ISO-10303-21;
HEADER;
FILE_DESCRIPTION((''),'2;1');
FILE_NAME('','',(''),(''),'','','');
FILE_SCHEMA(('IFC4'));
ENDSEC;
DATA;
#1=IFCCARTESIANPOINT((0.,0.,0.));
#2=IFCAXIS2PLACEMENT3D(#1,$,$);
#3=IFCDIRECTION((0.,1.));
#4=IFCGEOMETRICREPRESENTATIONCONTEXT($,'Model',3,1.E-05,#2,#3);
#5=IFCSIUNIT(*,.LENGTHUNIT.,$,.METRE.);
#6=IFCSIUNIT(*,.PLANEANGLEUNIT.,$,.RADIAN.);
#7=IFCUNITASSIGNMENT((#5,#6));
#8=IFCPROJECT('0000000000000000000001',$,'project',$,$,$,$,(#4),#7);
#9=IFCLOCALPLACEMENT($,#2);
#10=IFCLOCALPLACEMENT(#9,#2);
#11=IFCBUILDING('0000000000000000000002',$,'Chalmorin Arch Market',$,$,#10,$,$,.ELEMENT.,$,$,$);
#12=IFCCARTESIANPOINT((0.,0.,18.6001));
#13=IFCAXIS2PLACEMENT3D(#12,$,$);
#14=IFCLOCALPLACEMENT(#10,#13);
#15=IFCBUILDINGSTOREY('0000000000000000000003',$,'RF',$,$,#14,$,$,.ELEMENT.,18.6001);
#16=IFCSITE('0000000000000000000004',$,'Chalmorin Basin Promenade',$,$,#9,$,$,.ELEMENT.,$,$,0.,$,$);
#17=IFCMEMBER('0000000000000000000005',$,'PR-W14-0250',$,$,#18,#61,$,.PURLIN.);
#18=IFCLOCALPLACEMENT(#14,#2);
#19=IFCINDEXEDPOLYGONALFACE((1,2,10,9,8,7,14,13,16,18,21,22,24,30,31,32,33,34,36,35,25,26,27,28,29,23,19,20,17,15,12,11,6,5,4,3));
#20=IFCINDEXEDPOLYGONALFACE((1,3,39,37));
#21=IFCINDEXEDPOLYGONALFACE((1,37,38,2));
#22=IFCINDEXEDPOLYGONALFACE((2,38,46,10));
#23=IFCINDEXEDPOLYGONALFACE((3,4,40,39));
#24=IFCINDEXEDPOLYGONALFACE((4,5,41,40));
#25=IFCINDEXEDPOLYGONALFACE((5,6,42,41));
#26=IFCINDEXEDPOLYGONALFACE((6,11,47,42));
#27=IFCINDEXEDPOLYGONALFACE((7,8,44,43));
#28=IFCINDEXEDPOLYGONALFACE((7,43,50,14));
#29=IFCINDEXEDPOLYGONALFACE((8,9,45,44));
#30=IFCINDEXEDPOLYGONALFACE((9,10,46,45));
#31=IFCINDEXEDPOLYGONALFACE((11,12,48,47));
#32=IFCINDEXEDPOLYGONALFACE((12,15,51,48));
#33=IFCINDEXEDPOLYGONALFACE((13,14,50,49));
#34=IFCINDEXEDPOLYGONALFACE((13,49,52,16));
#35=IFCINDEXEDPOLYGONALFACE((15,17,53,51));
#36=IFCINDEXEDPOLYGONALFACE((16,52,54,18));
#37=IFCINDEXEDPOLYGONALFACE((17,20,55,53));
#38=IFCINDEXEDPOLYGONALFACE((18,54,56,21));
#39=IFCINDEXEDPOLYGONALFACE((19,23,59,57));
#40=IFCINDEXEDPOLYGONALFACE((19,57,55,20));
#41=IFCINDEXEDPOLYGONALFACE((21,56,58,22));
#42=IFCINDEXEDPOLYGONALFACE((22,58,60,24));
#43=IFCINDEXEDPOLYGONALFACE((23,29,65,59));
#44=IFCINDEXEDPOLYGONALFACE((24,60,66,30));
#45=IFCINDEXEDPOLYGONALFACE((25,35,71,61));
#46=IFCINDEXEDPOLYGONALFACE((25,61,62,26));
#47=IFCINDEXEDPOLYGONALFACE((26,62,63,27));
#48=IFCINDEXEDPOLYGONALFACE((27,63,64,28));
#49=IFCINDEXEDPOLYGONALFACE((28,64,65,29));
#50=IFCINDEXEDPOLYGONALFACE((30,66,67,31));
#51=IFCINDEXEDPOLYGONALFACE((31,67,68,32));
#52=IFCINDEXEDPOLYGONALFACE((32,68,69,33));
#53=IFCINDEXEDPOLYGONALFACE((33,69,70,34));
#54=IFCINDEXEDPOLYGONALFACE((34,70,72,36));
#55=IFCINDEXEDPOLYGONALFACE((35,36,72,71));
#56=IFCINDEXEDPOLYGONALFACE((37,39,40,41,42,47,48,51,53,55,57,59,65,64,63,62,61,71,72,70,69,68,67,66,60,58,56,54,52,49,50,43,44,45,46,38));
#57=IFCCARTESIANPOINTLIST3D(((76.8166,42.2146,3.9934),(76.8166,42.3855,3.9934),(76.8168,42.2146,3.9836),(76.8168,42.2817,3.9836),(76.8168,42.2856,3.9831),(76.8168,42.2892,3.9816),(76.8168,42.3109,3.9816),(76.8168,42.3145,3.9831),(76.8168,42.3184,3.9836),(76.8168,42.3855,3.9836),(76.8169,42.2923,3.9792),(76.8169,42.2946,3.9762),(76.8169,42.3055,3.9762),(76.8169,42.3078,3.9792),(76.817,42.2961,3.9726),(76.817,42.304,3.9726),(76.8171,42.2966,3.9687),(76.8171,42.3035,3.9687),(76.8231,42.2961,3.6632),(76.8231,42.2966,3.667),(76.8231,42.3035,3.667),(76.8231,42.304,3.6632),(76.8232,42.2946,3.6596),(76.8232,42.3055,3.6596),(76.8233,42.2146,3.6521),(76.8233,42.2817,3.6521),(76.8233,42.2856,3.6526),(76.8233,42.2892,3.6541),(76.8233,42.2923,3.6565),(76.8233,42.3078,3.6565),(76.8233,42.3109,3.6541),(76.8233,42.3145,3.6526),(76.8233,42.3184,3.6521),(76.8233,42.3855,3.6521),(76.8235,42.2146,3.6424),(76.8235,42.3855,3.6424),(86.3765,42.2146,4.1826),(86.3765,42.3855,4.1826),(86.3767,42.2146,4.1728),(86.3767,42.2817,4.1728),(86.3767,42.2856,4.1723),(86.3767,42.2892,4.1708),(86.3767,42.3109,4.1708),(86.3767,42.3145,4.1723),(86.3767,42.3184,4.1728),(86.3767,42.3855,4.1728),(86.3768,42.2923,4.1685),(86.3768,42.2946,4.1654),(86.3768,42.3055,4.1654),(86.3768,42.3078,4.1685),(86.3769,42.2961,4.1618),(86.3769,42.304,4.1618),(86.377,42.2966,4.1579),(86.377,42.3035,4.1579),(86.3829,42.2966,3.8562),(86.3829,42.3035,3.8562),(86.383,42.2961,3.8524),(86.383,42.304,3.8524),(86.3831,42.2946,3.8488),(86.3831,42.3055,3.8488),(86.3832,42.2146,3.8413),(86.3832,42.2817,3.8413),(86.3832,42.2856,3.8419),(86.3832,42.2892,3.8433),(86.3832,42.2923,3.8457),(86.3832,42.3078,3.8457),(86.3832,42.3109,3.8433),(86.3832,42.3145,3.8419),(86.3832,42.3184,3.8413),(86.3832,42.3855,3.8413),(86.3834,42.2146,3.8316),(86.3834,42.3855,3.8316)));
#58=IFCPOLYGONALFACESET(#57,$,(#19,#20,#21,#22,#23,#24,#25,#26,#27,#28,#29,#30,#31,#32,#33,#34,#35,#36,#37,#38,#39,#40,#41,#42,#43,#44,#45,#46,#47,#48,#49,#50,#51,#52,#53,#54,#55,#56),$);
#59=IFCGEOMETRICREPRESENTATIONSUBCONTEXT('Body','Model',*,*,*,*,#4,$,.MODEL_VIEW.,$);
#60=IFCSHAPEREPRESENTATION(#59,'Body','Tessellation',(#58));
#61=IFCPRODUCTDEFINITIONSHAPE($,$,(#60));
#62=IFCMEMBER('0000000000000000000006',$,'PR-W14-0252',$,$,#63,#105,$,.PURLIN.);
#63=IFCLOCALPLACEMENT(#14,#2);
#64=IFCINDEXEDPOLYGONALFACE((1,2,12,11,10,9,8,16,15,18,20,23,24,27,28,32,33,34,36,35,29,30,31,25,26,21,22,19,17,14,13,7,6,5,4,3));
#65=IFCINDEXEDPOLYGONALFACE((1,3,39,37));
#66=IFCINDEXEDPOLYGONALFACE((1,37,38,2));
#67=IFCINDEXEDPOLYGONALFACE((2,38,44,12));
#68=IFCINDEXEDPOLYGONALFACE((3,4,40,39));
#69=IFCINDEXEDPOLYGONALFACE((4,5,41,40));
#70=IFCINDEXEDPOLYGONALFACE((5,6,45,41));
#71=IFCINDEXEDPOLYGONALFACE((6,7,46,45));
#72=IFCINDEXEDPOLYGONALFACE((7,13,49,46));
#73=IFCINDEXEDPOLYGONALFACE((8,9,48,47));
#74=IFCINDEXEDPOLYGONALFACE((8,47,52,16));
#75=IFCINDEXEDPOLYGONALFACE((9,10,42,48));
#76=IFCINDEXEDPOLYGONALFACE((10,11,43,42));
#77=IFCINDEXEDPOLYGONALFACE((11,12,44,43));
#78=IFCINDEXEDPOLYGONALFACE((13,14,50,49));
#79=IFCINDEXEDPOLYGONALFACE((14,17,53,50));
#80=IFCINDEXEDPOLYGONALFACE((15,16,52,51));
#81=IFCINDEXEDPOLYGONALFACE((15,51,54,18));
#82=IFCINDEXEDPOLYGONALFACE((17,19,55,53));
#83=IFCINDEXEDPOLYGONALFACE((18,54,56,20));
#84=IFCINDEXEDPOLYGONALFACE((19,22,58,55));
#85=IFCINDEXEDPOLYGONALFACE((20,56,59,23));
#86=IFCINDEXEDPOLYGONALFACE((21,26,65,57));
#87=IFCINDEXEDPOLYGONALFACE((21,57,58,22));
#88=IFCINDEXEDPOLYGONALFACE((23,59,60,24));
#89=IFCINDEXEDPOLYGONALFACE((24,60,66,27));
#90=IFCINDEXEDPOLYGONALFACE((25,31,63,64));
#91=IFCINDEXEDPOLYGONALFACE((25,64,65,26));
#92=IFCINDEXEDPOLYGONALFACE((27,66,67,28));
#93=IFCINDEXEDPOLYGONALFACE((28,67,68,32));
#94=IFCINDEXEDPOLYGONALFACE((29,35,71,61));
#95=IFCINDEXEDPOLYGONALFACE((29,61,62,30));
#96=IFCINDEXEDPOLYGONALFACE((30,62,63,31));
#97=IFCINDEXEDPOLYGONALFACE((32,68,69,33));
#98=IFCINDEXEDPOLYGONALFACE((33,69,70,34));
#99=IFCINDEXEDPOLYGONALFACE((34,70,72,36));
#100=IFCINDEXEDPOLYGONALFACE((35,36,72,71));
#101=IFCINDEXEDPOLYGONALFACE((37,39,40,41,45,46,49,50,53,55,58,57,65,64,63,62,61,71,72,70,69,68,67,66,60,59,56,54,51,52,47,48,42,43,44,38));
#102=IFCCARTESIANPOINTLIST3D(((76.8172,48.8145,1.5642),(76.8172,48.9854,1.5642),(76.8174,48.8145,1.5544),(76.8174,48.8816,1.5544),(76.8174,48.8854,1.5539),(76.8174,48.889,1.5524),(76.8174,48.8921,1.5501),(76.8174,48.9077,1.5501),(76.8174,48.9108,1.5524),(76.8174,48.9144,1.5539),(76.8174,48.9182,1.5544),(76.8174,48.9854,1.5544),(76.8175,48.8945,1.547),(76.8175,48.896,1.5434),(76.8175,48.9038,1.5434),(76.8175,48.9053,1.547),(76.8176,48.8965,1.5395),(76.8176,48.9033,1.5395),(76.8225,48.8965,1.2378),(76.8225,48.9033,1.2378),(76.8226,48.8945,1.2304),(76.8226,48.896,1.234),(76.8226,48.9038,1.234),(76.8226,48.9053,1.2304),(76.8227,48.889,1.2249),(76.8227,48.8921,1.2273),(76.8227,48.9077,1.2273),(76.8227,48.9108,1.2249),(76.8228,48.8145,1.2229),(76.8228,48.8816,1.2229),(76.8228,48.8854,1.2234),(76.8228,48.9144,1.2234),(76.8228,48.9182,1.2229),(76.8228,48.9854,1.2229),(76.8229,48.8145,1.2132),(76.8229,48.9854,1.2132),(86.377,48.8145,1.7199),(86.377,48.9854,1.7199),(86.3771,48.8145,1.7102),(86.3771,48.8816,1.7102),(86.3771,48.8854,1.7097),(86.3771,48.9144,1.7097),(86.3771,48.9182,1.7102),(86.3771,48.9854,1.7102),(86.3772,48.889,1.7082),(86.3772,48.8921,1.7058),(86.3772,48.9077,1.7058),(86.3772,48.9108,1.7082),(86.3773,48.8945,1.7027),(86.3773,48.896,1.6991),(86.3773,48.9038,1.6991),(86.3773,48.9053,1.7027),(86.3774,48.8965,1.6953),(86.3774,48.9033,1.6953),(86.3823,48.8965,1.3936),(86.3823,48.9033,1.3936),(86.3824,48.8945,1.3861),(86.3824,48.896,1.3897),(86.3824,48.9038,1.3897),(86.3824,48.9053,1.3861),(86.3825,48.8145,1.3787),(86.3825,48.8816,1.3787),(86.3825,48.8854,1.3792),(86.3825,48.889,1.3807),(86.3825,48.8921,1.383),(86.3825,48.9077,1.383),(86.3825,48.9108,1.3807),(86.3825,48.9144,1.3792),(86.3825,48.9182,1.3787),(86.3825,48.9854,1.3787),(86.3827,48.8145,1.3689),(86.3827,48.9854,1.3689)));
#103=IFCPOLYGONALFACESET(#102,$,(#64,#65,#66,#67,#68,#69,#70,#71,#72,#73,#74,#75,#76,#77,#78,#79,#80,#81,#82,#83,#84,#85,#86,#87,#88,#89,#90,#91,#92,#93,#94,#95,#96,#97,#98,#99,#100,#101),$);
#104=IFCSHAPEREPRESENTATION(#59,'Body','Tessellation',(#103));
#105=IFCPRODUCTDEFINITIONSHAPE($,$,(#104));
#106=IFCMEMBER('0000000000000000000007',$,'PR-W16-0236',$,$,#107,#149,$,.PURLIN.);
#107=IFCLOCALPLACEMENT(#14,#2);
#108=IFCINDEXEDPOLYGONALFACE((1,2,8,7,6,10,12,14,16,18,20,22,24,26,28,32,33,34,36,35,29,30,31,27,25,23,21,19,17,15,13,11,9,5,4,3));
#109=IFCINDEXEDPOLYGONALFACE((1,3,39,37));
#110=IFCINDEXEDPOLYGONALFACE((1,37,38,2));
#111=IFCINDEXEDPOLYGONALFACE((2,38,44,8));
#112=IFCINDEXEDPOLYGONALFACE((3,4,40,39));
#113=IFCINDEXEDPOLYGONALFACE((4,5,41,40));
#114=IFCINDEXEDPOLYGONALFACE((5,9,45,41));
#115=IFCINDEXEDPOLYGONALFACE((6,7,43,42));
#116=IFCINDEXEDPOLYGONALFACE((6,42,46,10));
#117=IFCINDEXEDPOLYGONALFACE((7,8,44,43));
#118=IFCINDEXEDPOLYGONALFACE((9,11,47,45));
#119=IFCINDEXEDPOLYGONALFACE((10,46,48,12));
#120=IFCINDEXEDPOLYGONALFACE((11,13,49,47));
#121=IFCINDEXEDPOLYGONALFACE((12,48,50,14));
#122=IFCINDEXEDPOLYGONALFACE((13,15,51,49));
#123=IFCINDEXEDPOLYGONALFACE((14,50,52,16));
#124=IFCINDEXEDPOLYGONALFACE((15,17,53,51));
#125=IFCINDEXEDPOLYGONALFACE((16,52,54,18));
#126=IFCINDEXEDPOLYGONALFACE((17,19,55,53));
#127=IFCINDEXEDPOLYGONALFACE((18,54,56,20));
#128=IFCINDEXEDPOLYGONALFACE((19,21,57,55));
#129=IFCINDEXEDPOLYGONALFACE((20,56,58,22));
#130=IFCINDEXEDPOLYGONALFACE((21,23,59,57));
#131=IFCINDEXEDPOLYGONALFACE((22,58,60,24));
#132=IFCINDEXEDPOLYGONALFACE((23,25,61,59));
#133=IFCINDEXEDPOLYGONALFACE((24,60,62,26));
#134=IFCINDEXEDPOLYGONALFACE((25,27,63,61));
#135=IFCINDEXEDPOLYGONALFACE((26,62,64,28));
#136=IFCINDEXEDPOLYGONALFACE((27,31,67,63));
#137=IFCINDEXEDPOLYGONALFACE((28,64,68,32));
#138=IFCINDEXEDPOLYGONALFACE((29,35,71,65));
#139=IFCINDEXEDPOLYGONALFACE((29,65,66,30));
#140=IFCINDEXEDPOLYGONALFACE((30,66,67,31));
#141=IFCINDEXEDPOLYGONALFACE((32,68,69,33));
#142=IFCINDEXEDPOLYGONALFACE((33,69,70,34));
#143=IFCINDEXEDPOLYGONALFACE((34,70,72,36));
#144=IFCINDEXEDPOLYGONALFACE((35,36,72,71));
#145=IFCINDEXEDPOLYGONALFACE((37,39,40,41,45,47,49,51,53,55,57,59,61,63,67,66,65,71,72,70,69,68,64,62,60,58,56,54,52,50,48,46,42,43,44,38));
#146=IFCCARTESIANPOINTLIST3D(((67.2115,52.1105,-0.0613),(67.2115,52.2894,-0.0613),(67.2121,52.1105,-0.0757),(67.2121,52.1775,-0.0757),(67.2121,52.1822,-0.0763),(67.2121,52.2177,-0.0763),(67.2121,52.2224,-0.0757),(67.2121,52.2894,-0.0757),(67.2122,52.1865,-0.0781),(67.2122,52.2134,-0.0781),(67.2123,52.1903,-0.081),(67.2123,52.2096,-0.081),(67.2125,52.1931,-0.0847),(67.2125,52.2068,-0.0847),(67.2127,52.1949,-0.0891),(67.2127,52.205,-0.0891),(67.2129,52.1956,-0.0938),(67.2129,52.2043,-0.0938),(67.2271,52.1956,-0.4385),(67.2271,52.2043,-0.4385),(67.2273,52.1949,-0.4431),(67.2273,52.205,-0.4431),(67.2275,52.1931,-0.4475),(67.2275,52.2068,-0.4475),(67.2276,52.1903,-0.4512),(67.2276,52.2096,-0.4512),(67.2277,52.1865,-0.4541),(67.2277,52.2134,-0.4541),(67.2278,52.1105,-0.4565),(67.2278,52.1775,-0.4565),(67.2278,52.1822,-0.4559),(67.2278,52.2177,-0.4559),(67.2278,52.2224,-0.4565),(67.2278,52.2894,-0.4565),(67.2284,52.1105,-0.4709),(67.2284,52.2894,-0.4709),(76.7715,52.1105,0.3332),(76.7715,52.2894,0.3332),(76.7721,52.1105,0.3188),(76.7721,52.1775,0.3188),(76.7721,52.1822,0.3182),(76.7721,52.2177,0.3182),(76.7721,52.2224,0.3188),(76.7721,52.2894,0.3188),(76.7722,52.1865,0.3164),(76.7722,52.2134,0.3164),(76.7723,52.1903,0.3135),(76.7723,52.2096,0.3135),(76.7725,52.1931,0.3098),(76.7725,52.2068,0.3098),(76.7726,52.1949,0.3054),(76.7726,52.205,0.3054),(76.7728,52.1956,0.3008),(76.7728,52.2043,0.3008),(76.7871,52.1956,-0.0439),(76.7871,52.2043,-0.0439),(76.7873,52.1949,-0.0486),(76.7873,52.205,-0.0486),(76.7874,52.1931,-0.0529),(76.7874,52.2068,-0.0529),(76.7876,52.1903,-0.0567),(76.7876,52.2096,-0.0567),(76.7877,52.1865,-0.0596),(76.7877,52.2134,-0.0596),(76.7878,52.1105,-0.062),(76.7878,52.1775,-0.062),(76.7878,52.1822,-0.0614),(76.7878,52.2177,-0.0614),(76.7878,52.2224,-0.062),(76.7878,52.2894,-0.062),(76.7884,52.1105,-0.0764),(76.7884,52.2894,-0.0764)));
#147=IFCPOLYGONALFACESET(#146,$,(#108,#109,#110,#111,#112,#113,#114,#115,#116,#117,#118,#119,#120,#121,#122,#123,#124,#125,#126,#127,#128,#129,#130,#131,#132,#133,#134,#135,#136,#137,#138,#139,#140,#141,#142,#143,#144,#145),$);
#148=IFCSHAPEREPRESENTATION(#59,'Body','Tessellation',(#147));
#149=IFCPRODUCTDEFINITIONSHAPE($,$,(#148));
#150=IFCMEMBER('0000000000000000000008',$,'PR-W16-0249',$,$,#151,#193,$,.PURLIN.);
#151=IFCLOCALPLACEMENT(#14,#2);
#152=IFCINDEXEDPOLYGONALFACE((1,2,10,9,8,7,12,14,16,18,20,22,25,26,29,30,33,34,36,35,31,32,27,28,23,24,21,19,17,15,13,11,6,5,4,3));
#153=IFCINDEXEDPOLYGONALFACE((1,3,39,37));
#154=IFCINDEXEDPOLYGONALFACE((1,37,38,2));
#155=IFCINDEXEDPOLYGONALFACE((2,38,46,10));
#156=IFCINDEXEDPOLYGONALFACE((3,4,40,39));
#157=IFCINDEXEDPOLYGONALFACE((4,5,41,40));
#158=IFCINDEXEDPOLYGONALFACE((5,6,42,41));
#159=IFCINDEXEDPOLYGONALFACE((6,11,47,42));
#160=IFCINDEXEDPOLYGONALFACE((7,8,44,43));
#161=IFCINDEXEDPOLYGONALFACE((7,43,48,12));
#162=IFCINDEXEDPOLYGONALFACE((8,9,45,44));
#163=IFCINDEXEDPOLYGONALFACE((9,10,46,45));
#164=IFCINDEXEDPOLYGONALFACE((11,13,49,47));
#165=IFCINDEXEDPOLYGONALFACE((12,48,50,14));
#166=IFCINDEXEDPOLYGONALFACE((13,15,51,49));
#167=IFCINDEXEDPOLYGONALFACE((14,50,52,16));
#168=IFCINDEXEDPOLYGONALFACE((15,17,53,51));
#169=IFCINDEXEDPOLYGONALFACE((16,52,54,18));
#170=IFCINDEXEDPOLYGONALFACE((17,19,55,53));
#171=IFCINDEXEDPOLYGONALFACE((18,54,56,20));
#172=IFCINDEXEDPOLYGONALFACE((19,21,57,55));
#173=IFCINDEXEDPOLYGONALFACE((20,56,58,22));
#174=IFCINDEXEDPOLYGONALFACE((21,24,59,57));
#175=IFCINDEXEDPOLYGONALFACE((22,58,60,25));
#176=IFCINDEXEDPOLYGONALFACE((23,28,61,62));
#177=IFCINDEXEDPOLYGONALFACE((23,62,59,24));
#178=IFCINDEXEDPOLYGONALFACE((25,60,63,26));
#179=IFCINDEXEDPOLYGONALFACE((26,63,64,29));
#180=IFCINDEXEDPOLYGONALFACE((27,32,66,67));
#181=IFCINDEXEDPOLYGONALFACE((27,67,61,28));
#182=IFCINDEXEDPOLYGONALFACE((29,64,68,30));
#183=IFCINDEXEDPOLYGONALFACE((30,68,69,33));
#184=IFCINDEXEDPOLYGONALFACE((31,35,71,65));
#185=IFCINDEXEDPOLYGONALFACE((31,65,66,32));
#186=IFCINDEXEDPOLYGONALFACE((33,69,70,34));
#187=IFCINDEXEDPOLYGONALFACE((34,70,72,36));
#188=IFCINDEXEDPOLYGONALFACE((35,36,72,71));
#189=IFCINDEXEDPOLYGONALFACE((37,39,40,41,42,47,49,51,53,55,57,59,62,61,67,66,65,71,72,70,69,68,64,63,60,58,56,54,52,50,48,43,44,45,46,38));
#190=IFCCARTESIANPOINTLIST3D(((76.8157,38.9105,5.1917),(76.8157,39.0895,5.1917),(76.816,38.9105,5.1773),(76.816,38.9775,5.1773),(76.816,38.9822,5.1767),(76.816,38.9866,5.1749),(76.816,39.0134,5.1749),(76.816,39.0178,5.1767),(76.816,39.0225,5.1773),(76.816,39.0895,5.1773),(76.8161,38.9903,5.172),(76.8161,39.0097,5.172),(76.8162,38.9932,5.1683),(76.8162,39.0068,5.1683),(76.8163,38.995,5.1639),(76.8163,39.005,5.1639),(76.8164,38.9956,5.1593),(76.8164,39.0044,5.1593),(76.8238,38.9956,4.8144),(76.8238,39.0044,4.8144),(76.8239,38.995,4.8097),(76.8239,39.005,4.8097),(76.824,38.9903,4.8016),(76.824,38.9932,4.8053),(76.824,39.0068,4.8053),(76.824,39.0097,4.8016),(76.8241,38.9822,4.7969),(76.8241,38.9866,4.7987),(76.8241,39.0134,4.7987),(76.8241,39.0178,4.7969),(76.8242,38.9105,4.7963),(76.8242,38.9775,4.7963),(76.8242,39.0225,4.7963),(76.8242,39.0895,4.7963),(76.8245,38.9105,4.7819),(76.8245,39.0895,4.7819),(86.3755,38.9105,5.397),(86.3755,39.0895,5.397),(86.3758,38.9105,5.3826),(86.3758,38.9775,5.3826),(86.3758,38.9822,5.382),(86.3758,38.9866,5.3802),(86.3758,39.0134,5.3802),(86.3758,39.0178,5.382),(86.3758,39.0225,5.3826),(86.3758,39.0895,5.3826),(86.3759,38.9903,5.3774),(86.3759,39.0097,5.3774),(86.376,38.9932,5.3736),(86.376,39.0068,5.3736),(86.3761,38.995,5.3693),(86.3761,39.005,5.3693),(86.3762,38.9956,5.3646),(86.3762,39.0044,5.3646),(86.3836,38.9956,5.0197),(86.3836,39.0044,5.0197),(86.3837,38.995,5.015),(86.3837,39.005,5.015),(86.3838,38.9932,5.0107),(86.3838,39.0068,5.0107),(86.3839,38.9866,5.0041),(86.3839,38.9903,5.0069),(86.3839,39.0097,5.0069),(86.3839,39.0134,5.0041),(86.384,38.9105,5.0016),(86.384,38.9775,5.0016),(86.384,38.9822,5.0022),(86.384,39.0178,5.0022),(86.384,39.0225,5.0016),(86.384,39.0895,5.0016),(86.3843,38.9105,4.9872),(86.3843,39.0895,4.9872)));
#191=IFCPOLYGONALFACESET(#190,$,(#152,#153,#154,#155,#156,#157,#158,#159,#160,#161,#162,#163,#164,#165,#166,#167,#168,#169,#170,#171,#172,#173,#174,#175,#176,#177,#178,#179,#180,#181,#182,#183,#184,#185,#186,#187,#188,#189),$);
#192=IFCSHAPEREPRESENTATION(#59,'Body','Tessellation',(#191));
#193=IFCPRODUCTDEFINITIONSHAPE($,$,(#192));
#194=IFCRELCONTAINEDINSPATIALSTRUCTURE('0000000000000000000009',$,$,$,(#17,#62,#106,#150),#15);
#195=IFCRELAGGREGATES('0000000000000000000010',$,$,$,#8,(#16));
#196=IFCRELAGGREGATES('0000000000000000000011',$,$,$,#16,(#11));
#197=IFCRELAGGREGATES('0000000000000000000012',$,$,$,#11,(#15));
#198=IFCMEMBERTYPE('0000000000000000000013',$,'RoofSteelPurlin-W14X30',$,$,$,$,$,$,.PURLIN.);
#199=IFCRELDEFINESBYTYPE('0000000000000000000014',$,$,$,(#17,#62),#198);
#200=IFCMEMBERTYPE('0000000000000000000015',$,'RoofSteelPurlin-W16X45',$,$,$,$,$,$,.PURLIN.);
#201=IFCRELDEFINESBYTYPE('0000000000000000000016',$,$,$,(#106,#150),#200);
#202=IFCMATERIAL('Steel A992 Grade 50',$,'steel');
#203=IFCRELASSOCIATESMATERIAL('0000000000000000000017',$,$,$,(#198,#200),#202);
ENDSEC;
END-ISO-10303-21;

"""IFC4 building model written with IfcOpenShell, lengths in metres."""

from ifc_helpers import new_model, si_unit, direction, frame, origin, origin_2d, place, context, subcontext, project, spatial, i_section, extrude, material, material_profile, profile_set, type_object, element, save


model = new_model("IFC4")

# Units and contexts
model_context = context("Model", 3, precision=1e-05, world=origin(), true_north=direction((0.0, 1.0)))
body_context = subcontext(model_context, "Body", "Model", "MODEL_VIEW")
ifc_project = project(units=[si_unit("LENGTHUNIT", "METRE"), si_unit("PLANEANGLEUNIT", "RADIAN")], contexts=[model_context])

# Site, building, storey
site_placement = place(None, origin())
site = spatial("IfcSite", under=ifc_project, at=site_placement, Name="Chalmorin Basin Promenade", CompositionType="ELEMENT", RefElevation=0.0)
building_placement = place(site_placement, origin())
building = spatial("IfcBuilding", under=site, at=building_placement, Name="Chalmorin Arch Market", CompositionType="ELEMENT")
storey_placement = place(building_placement, frame((0.0, 0.0, 18.6001)))
storey = spatial("IfcBuildingStorey", under=building, at=storey_placement, Name="RF", CompositionType="ELEMENT", Elevation=18.6001)

# Members
ifc_material_1 = material(Name="Steel A992 Grade 50", Category="steel")
ifc_material_profile_1 = material_profile(ifc_material_1, i_section(OverallWidth=0.1709, OverallDepth=0.3511, WebThickness=0.0068, FlangeThickness=0.0098, FilletRadius=0.0149, at=origin_2d()), Name="W14X30")
ifc_profile_set_1 = profile_set([ifc_material_profile_1], Name="Steel A992 Grade 50")
member_type_1 = type_object("IfcMemberType", Name="RoofSteelPurlin-W14X30", PredefinedType="PURLIN", material=ifc_profile_set_1)
member_1_placement = place(storey_placement, frame((76.8201, 42.3, 3.8179), z_axis=(0.999804, 0.0, 0.019788), x_axis=(0.0, 1.0, 0.0)))
element("IfcMember", 1, at=member_1_placement, inside=storey, type_object=member_type_1, Name="PR-W14-0250", PredefinedType="PURLIN", context=body_context, shape_type="SweptSolid", body=[
    extrude(i_section(OverallWidth=0.1709, OverallDepth=0.3511, WebThickness=0.0068, FlangeThickness=0.0098, FilletRadius=0.0149, at=origin_2d()), origin(), (0.0, 0.0, 1.0), 9.5618),
])
member_2_placement = place(storey_placement, frame((76.8201, 48.8999, 1.3887), z_axis=(0.999867, 0.0, 0.016291), x_axis=(0.0, 1.0, 0.0)))
element("IfcMember", 2, at=member_2_placement, inside=storey, type_object=member_type_1, Name="PR-W14-0252", PredefinedType="PURLIN", context=body_context, shape_type="SweptSolid", body=[
    extrude(i_section(OverallWidth=0.1709, OverallDepth=0.3511, WebThickness=0.0068, FlangeThickness=0.0098, FilletRadius=0.0149, at=origin_2d()), origin(), (0.0, 0.0, 1.0), 9.561),
])
ifc_material_profile_2 = material_profile(ifc_material_1, i_section(OverallWidth=0.179, OverallDepth=0.4099, WebThickness=0.0088, FlangeThickness=0.0144, FilletRadius=0.0181, at=origin_2d()), Name="W16X45")
ifc_profile_set_2 = profile_set([ifc_material_profile_2], Name="Steel A992 Grade 50")
member_type_2 = type_object("IfcMemberType", Name="RoofSteelPurlin-W16X45", PredefinedType="PURLIN", material=ifc_profile_set_2)
member_3_placement = place(storey_placement, frame((67.22, 52.2, -0.2661), z_axis=(0.99915, 0.0, 0.041234), x_axis=(0.0, 1.0, 0.0)))
element("IfcMember", 3, at=member_3_placement, inside=storey, type_object=member_type_2, Name="PR-W16-0236", PredefinedType="PURLIN", context=body_context, shape_type="SweptSolid", body=[
    extrude(i_section(OverallWidth=0.179, OverallDepth=0.4099, WebThickness=0.0088, FlangeThickness=0.0144, FilletRadius=0.0181, at=origin_2d()), origin(), (0.0, 0.0, 1.0), 9.5681),
])
member_4_placement = place(storey_placement, frame((76.8201, 39.0, 4.9868), z_axis=(0.999769, 0.0, 0.021473), x_axis=(0.0, 1.0, 0.0)))
element("IfcMember", 4, at=member_4_placement, inside=storey, type_object=member_type_2, Name="PR-W16-0249", PredefinedType="PURLIN", context=body_context, shape_type="SweptSolid", body=[
    extrude(i_section(OverallWidth=0.179, OverallDepth=0.4099, WebThickness=0.0088, FlangeThickness=0.0144, FilletRadius=0.0181, at=origin_2d()), origin(), (0.0, 0.0, 1.0), 9.562),
])

save(model, "model.ifc")
